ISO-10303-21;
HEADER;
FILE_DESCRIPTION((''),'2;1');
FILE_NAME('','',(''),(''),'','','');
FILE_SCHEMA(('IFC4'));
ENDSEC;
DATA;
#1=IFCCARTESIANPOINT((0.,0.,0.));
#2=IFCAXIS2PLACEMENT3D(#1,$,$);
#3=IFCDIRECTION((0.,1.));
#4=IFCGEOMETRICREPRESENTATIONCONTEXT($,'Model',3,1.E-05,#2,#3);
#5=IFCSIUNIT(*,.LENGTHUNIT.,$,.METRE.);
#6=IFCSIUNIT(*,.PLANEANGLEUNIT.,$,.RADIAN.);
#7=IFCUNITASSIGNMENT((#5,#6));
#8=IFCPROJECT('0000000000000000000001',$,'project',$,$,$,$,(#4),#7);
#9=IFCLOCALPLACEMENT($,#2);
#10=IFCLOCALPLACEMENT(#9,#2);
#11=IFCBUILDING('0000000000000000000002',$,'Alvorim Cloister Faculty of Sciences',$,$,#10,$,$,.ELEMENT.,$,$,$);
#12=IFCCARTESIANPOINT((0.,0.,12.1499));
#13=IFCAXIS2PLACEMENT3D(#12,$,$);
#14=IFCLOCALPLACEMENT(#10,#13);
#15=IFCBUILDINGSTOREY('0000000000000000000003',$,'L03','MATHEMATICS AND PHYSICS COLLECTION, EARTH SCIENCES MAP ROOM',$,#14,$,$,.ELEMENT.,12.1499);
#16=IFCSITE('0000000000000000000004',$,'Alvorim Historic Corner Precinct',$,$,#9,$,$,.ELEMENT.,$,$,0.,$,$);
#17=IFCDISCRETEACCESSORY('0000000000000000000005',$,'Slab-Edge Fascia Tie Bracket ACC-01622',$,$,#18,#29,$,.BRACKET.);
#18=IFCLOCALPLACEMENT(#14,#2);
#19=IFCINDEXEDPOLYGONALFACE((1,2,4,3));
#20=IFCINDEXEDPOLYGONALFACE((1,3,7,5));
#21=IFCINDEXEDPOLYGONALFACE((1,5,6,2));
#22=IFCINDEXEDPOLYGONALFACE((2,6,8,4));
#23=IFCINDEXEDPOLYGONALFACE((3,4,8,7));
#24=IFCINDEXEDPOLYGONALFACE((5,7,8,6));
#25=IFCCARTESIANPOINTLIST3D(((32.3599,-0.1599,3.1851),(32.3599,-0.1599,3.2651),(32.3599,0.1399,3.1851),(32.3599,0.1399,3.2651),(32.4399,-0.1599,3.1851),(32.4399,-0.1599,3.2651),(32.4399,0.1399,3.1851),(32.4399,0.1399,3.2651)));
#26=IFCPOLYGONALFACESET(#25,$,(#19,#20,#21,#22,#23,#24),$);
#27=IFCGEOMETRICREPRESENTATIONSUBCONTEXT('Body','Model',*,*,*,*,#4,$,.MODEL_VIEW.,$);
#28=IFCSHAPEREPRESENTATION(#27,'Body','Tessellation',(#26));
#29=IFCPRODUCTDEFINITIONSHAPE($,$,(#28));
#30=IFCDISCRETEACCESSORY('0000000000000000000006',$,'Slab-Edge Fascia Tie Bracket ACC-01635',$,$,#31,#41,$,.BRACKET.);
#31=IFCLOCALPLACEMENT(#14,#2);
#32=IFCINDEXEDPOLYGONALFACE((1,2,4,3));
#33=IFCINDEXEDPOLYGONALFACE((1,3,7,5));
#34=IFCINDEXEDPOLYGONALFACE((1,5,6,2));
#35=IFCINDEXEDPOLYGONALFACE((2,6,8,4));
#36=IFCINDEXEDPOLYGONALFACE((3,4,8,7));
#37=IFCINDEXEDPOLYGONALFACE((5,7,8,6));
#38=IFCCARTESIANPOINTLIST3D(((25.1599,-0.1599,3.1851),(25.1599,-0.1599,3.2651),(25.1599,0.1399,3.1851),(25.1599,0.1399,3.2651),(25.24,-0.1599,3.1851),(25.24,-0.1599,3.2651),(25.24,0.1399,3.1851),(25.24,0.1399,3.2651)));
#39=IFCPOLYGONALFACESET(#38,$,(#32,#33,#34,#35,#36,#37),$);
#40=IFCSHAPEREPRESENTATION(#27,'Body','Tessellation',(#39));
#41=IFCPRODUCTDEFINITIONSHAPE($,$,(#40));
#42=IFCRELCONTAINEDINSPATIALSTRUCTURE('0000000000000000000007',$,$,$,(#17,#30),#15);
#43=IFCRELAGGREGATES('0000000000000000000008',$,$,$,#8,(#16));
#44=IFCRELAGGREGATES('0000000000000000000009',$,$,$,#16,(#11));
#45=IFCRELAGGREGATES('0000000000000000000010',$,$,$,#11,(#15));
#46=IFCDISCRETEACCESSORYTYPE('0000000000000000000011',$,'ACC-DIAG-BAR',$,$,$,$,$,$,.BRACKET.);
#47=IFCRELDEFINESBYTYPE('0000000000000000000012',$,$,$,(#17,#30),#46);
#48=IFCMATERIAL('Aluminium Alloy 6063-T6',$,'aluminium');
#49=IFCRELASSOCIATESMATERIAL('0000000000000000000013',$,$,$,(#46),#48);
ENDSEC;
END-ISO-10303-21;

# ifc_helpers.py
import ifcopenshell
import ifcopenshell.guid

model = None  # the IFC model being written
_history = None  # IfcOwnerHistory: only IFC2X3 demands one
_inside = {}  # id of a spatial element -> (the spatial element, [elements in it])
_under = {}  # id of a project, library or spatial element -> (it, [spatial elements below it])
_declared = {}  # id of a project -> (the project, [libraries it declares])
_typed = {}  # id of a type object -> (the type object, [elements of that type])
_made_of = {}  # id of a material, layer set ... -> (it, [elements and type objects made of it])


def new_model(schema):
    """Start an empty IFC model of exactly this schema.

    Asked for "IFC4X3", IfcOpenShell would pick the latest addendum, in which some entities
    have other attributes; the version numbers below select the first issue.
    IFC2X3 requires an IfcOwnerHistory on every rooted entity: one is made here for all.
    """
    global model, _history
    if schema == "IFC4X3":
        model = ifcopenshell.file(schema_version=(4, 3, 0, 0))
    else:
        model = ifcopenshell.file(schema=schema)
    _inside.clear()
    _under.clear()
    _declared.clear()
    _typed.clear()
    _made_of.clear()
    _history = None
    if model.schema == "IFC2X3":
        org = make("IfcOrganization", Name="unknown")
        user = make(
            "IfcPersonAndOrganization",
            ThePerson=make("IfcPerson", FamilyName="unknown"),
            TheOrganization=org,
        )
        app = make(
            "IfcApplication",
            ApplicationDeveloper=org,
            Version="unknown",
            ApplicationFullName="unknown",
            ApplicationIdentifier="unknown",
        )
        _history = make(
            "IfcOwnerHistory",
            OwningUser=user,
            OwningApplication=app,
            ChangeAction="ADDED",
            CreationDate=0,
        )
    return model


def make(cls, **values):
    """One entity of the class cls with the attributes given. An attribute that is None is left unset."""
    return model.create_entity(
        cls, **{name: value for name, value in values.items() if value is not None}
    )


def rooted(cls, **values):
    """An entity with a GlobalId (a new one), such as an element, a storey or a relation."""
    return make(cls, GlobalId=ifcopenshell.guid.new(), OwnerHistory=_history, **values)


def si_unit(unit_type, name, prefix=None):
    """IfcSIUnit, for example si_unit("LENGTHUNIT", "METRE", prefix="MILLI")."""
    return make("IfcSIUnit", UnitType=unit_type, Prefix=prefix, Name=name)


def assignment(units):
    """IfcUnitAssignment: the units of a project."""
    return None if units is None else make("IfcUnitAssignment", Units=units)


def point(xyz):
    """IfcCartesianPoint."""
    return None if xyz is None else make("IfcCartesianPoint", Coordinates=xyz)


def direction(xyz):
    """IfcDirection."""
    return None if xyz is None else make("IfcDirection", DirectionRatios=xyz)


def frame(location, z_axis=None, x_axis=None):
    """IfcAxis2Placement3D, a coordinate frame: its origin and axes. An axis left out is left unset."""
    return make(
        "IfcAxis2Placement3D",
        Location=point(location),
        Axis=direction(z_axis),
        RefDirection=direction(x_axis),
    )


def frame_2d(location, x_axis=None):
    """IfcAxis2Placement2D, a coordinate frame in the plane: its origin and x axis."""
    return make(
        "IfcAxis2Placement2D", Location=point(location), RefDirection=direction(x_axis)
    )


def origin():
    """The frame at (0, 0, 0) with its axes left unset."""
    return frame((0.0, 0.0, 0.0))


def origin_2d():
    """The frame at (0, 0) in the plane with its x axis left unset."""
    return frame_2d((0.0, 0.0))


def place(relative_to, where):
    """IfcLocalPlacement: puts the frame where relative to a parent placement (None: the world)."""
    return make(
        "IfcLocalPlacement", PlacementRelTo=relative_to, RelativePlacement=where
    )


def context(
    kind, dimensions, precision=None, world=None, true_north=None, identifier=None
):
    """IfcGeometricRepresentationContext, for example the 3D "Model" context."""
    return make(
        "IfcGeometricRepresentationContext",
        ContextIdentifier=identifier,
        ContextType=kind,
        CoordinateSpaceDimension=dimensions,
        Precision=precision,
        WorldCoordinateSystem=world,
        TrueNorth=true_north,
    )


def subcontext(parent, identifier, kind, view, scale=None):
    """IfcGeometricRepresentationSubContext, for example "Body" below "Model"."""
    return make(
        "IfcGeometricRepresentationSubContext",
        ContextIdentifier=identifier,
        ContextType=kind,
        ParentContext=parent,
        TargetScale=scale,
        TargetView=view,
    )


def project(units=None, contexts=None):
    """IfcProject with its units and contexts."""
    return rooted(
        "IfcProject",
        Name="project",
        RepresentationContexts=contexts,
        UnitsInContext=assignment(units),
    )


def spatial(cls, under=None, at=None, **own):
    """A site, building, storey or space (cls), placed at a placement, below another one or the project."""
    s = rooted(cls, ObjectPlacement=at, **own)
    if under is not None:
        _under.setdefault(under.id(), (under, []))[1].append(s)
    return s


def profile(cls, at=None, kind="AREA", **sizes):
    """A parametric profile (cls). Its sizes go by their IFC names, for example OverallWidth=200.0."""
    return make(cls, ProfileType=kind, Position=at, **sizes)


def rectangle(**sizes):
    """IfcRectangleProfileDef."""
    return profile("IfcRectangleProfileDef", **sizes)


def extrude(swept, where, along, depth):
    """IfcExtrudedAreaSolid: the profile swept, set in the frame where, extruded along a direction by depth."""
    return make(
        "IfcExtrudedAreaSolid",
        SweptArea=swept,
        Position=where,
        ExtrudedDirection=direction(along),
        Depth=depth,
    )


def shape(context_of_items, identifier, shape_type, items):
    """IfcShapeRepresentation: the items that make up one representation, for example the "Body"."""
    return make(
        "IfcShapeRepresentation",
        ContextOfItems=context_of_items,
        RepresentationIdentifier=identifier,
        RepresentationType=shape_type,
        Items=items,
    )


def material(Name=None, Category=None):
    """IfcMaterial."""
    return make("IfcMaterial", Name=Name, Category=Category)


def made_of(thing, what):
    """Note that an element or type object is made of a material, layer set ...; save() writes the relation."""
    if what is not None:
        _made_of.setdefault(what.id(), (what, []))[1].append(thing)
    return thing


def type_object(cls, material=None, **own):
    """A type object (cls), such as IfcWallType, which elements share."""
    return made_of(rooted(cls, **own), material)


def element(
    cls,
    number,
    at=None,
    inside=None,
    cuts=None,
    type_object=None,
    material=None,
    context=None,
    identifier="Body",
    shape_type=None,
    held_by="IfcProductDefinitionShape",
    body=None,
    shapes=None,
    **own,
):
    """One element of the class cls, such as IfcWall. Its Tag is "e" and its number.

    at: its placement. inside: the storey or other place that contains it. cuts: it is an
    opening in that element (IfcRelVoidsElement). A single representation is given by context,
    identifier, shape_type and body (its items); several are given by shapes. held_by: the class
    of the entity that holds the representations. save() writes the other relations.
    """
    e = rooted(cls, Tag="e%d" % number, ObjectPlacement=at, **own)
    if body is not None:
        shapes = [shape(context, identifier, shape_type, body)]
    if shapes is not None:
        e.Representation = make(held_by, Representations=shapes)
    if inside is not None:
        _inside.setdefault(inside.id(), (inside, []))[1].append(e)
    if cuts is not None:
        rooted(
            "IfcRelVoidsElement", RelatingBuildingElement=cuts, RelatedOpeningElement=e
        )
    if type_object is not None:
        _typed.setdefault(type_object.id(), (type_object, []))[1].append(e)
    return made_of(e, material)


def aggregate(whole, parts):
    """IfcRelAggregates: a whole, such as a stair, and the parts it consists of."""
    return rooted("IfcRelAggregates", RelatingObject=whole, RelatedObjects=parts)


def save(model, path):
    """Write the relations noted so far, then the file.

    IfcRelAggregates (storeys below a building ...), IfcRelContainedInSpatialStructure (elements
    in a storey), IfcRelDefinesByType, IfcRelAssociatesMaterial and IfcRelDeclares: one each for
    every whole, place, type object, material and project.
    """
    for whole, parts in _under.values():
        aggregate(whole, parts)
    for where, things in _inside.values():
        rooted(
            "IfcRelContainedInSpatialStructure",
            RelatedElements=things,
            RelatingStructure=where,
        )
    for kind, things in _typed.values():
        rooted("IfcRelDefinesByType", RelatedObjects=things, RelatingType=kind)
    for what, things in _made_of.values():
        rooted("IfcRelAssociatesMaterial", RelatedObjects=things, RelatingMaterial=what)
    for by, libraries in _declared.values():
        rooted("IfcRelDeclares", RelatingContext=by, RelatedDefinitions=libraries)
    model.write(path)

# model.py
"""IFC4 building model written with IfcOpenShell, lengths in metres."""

from ifc_helpers import new_model, si_unit, direction, frame, origin, origin_2d, place, context, subcontext, project, spatial, rectangle, extrude, material, type_object, element, save


model = new_model("IFC4")

# Units and contexts
model_context = context("Model", 3, precision=1e-05, world=origin(), true_north=direction((0.0, 1.0)))
body_context = subcontext(model_context, "Body", "Model", "MODEL_VIEW")
ifc_project = project(units=[si_unit("LENGTHUNIT", "METRE"), si_unit("PLANEANGLEUNIT", "RADIAN")], contexts=[model_context])

# Site, building, storey
site_placement = place(None, origin())
site = spatial("IfcSite", under=ifc_project, at=site_placement, Name="Alvorim Historic Corner Precinct", CompositionType="ELEMENT", RefElevation=0.0)
building_placement = place(site_placement, origin())
building = spatial("IfcBuilding", under=site, at=building_placement, Name="Alvorim Cloister Faculty of Sciences", CompositionType="ELEMENT")
storey_placement = place(building_placement, frame((0.0, 0.0, 12.1499)))
storey = spatial("IfcBuildingStorey", under=building, at=storey_placement, Name="L03", Description="MATHEMATICS AND PHYSICS COLLECTION, EARTH SCIENCES MAP ROOM", CompositionType="ELEMENT", Elevation=12.1499)

# Shared definitions
ifc_material_1 = material(Name="Aluminium Alloy 6063-T6", Category="aluminium")

# Discrete accessories
discrete_accessory_type = type_object("IfcDiscreteAccessoryType", Name="ACC-DIAG-BAR", PredefinedType="BRACKET", material=ifc_material_1)
for number, where, z_axis, x_axis, name in (
    (1, (32.3999, 0.1399, 3.2251), (0.0, -1.0, 0.0), (1.0, 0.0, 0.0), "Slab-Edge Fascia Tie Bracket ACC-01622"),
    (2, (25.2, 0.1399, 3.2251), (0.0, -1.0, 0.0), (1.0, 0.0, 0.0), "Slab-Edge Fascia Tie Bracket ACC-01635"),
):
    element("IfcDiscreteAccessory", number, at=place(storey_placement, frame(where, z_axis=z_axis, x_axis=x_axis)), inside=storey, type_object=discrete_accessory_type, Name=name, PredefinedType="BRACKET", context=body_context, shape_type="SweptSolid", body=[
        extrude(rectangle(XDim=0.0801, YDim=0.0801, at=origin_2d()), origin(), (0.0, 0.0, 1.0), 0.2998),
    ])

save(model, "model.ifc")
